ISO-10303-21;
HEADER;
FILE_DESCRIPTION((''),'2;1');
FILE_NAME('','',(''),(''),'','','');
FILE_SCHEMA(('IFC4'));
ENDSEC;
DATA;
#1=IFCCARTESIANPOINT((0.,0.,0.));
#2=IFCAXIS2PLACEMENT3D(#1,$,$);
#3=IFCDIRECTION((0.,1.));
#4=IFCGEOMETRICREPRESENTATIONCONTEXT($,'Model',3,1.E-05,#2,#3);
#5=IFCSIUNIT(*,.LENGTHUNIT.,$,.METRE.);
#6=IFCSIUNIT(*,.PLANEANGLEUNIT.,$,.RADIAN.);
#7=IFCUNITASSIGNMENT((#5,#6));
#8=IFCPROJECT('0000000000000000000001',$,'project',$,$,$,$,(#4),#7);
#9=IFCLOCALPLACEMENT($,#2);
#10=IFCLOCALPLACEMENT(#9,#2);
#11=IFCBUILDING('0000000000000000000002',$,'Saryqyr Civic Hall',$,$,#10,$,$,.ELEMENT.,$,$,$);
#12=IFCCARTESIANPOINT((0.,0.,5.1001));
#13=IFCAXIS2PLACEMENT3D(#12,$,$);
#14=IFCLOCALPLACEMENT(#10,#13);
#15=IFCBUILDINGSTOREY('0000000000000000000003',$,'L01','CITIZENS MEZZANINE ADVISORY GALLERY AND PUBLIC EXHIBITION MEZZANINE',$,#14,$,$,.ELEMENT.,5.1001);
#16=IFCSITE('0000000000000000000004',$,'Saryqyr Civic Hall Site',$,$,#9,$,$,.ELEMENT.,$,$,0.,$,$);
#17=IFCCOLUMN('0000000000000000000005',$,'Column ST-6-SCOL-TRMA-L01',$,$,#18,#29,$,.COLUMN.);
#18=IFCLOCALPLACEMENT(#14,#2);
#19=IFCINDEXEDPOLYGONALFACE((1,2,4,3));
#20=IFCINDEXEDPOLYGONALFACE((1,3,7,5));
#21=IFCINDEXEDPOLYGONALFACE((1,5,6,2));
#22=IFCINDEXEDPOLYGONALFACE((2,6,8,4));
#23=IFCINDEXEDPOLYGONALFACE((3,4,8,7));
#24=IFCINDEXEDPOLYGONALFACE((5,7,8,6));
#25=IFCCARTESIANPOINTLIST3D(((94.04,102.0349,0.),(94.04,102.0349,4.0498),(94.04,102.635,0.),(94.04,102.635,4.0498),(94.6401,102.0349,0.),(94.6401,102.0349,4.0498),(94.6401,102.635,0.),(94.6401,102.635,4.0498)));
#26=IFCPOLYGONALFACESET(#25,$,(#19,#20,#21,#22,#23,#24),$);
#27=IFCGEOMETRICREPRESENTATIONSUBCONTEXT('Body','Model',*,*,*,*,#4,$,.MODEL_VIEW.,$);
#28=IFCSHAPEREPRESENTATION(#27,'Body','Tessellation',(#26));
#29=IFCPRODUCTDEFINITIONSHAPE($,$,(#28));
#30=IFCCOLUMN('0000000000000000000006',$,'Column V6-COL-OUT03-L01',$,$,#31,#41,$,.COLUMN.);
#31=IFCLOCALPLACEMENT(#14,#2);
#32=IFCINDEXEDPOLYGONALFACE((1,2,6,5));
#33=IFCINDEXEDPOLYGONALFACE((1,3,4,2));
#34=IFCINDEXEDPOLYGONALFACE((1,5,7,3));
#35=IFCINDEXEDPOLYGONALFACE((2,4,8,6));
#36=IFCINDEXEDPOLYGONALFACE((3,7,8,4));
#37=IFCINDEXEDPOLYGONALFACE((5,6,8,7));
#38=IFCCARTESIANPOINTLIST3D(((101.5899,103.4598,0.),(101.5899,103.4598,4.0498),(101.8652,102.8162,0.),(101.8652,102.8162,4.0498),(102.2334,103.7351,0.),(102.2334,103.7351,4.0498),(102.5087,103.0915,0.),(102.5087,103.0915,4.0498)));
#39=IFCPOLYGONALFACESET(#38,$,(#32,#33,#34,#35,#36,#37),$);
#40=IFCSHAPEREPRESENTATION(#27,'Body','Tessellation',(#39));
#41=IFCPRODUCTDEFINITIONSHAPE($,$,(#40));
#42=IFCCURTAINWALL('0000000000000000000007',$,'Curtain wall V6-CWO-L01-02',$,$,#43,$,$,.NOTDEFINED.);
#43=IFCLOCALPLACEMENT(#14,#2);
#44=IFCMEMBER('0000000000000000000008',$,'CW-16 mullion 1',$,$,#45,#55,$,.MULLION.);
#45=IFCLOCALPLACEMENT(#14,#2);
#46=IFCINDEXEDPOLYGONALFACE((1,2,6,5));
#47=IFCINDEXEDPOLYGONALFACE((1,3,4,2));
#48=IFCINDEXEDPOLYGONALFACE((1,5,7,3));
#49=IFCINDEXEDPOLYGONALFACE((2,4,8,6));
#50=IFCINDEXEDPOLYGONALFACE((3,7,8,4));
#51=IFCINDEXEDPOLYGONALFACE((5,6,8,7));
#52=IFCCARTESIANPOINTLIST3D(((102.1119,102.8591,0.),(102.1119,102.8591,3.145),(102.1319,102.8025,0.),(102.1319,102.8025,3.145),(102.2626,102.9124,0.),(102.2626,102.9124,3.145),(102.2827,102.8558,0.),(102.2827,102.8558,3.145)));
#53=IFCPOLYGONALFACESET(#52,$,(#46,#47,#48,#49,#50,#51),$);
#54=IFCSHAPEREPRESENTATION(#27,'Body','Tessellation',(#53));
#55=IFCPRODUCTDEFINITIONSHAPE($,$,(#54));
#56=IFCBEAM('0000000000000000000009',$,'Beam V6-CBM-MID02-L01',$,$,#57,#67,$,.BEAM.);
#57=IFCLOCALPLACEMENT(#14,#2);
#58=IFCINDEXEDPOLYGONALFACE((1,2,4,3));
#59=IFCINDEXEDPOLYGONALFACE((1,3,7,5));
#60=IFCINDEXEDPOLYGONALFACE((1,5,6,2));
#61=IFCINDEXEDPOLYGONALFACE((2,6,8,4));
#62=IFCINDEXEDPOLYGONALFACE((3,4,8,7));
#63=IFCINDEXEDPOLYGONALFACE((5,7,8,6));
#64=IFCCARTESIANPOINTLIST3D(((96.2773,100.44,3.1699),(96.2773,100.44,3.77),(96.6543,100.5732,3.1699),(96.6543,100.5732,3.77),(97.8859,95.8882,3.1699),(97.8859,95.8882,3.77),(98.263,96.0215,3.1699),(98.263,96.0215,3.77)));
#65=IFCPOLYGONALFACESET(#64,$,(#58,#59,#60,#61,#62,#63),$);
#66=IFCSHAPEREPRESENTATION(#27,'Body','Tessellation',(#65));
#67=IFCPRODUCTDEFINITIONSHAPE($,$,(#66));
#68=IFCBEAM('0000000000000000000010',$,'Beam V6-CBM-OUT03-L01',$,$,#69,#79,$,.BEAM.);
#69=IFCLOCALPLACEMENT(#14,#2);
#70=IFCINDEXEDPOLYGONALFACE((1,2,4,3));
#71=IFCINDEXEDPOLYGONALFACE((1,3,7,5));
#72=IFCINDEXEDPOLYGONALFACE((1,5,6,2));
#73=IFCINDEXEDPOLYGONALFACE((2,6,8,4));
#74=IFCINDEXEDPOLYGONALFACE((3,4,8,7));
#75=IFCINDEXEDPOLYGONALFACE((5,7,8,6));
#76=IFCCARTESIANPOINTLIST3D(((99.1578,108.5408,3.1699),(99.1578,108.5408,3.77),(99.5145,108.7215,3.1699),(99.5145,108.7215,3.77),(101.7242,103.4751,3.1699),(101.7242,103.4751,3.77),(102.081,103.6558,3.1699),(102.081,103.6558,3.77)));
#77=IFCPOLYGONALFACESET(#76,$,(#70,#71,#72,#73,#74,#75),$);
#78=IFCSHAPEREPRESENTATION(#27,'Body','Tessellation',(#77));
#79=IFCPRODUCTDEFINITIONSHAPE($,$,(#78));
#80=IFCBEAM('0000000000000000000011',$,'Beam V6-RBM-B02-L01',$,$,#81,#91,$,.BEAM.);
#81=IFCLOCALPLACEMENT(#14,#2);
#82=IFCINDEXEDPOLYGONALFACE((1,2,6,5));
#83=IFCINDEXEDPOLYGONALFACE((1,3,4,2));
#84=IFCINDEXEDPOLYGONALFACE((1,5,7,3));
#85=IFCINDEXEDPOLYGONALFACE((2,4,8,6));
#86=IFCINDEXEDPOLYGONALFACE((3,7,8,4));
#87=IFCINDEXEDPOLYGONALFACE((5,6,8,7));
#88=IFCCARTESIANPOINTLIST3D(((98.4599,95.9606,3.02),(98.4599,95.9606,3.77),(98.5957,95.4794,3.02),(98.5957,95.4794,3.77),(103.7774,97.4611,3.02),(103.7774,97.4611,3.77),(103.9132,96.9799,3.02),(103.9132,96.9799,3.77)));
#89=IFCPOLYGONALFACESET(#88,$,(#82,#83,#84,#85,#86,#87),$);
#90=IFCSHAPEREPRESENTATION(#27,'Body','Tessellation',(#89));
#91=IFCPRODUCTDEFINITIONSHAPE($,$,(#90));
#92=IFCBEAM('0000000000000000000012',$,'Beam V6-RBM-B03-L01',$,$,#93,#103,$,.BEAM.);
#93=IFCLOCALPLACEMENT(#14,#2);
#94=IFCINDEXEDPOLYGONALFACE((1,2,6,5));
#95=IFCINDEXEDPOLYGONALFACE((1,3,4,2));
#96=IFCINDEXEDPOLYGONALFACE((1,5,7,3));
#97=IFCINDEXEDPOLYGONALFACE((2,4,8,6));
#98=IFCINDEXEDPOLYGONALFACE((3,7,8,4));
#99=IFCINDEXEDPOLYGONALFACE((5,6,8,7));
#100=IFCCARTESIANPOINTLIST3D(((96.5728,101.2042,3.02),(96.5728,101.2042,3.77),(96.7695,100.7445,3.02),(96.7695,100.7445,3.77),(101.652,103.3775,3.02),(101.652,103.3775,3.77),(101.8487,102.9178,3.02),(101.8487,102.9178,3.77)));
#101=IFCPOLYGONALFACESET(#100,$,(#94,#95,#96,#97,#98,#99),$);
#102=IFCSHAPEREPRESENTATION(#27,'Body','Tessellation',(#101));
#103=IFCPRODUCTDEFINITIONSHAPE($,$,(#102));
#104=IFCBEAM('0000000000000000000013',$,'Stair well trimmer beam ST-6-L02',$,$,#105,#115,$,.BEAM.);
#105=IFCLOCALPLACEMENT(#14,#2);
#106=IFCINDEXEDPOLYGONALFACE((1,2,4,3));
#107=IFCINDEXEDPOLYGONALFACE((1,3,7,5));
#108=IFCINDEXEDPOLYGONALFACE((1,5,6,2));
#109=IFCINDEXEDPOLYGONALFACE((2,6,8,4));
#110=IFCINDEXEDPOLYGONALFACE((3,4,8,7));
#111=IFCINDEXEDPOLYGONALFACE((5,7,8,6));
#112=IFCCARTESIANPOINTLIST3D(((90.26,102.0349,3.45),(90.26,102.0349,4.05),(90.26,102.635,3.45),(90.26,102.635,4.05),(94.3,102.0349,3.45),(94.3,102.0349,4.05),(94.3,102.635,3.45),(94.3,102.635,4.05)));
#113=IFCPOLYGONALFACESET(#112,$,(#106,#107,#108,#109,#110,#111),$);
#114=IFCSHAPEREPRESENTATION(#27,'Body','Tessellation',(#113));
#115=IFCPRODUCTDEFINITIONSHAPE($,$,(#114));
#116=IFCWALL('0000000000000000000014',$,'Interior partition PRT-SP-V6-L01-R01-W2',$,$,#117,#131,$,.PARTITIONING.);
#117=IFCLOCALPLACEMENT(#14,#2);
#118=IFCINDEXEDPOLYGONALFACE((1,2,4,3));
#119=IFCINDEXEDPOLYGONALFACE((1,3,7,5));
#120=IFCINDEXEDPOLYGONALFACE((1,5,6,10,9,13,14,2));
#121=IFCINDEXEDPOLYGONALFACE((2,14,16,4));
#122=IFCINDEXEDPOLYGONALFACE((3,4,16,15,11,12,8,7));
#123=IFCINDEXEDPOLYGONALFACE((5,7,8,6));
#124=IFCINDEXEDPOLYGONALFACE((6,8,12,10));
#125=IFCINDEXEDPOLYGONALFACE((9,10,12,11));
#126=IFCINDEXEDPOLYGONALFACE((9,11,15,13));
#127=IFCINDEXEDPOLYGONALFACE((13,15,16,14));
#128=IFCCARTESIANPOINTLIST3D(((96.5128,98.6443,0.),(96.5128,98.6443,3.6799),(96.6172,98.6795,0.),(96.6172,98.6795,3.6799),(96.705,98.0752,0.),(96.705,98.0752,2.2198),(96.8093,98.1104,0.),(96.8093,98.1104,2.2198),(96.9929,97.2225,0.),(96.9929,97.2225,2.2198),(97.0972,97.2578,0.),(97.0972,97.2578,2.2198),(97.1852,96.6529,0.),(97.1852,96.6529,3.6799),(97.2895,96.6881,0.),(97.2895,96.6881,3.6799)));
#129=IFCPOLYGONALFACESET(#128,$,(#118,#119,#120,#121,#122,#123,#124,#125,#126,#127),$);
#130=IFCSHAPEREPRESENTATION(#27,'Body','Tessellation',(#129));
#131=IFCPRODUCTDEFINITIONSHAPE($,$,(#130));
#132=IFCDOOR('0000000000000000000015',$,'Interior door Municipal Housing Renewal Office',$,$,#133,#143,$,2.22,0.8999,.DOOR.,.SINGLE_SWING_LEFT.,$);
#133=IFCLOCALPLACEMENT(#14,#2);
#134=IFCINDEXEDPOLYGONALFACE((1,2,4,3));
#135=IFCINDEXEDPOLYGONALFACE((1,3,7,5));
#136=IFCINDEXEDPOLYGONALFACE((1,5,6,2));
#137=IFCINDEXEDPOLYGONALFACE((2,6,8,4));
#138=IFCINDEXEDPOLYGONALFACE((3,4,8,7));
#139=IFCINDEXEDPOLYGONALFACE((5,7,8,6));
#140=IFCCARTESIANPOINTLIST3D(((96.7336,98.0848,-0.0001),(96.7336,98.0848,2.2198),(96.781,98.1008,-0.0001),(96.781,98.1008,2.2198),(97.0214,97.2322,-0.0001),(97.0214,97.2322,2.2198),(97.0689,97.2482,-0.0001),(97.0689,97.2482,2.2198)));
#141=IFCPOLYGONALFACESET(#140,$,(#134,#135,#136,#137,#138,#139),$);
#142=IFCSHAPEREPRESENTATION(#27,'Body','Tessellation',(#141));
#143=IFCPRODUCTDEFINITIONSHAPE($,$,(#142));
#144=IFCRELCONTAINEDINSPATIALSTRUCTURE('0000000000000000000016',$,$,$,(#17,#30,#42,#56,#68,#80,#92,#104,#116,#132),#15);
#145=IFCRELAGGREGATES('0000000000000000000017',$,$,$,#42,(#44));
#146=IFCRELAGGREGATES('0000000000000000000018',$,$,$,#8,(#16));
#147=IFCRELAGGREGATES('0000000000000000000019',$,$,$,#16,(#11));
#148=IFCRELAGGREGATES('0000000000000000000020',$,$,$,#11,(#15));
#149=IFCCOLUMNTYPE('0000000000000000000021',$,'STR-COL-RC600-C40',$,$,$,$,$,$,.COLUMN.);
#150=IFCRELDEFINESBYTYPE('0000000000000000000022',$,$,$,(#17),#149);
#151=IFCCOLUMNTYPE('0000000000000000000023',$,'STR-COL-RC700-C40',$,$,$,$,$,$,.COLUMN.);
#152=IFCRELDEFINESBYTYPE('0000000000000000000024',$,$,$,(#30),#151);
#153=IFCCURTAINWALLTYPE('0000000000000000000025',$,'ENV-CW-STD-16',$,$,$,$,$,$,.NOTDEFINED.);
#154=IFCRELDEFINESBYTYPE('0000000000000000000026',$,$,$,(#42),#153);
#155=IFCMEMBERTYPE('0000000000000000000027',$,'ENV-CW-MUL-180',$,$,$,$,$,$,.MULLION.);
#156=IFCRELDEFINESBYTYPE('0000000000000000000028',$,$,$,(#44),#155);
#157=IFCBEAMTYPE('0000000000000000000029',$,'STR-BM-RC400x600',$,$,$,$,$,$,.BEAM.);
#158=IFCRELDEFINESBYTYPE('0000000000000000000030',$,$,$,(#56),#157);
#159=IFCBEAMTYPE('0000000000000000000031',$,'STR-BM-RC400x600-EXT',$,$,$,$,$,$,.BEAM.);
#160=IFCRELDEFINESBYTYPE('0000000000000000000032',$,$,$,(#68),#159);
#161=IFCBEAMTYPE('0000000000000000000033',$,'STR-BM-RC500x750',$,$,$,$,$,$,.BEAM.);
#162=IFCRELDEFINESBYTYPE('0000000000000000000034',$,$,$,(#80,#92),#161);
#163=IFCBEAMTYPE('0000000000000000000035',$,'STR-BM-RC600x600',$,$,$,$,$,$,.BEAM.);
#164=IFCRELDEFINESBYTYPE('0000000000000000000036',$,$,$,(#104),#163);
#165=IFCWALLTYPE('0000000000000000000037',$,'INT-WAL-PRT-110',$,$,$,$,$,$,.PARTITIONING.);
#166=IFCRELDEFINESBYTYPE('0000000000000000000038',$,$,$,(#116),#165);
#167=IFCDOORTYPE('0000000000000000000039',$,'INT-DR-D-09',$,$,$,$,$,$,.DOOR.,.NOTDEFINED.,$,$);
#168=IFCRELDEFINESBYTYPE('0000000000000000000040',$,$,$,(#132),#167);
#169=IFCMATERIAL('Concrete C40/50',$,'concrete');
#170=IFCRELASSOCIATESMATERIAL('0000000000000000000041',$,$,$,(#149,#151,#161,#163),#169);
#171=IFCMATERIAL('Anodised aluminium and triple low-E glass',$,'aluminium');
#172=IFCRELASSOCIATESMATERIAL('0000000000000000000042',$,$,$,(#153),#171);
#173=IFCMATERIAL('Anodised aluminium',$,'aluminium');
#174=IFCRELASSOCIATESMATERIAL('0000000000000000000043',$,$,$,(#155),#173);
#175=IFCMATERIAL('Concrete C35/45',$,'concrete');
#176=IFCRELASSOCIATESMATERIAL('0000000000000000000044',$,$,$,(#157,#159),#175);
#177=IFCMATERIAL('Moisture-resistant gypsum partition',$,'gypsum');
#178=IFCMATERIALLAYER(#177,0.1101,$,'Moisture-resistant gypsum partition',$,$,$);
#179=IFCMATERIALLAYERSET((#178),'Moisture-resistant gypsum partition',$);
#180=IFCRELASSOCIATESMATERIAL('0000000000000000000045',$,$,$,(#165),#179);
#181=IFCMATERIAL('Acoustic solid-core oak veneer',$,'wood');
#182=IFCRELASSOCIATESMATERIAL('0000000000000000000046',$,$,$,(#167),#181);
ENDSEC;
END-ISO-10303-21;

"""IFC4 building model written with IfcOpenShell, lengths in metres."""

from ifc_helpers import new_model, si_unit, direction, frame, frame_2d, origin, origin_2d, place, context, subcontext, project, spatial, rectangle, extrude, material, layer, layer_set, material_profile, profile_set, type_object, element, fill, aggregate, save


model = new_model("IFC4")

# Units and contexts
model_context = context("Model", 3, precision=1e-05, world=origin(), true_north=direction((0.0, 1.0)))
body_context = subcontext(model_context, "Body", "Model", "MODEL_VIEW")
ifc_project = project(units=[si_unit("LENGTHUNIT", "METRE"), si_unit("PLANEANGLEUNIT", "RADIAN")], contexts=[model_context])

# Site, building, storey
site_placement = place(None, origin())
site = spatial("IfcSite", under=ifc_project, at=site_placement, Name="Saryqyr Civic Hall Site", CompositionType="ELEMENT", RefElevation=0.0)
building_placement = place(site_placement, origin())
building = spatial("IfcBuilding", under=site, at=building_placement, Name="Saryqyr Civic Hall", CompositionType="ELEMENT")
storey_placement = place(building_placement, frame((0.0, 0.0, 5.1001)))
storey = spatial("IfcBuildingStorey", under=building, at=storey_placement, Name="L01", Description="CITIZENS MEZZANINE ADVISORY GALLERY AND PUBLIC EXHIBITION MEZZANINE", CompositionType="ELEMENT", Elevation=5.1001)

# Columns
ifc_material_1 = material(Name="Concrete C40/50", Category="concrete")
ifc_material_profile_1 = material_profile(ifc_material_1, rectangle(XDim=0.6001, YDim=0.6001, at=origin_2d()), Name="RC 600x600")
ifc_profile_set_1 = profile_set([ifc_material_profile_1], Name="Concrete C40/50")
column_type_1 = type_object("IfcColumnType", Name="STR-COL-RC600-C40", PredefinedType="COLUMN", material=ifc_profile_set_1)
column_1_placement = place(storey_placement, frame((94.3401, 102.335, 0.0), z_axis=(0.0, 0.0, 1.0), x_axis=(1.0, 0.0, 0.0)))
element("IfcColumn", 1, at=column_1_placement, inside=storey, type_object=column_type_1, Name="Column ST-6-SCOL-TRMA-L01", PredefinedType="COLUMN", context=body_context, shape_type="SweptSolid", body=[
    extrude(rectangle(XDim=0.6001, YDim=0.6001, at=origin_2d()), origin(), (0.0, 0.0, 1.0), 4.0498),
])
ifc_material_profile_2 = material_profile(ifc_material_1, rectangle(XDim=0.7, YDim=0.7, at=origin_2d()), Name="RC 700x700")
ifc_profile_set_2 = profile_set([ifc_material_profile_2], Name="Concrete C40/50")
column_type_2 = type_object("IfcColumnType", Name="STR-COL-RC700-C40", PredefinedType="COLUMN", material=ifc_profile_set_2)
column_2_placement = place(storey_placement, frame((102.0493, 103.2756, 0.0), z_axis=(0.0, 0.0, 1.0), x_axis=(0.91941, 0.3933, 0.0)))
element("IfcColumn", 2, at=column_2_placement, inside=storey, type_object=column_type_2, Name="Column V6-COL-OUT03-L01", PredefinedType="COLUMN", context=body_context, shape_type="SweptSolid", body=[
    extrude(rectangle(XDim=0.7, YDim=0.7, at=origin_2d()), origin(), (0.0, 0.0, 1.0), 4.0498),
])

# Curtain wall, member
ifc_material_2 = material(Name="Anodised aluminium and triple low-E glass", Category="aluminium")
curtain_wall_type = type_object("IfcCurtainWallType", Name="ENV-CW-STD-16", PredefinedType="NOTDEFINED", material=ifc_material_2)
curtain_wall_placement = place(storey_placement, origin())
curtain_wall = element("IfcCurtainWall", 3, at=curtain_wall_placement, inside=storey, type_object=curtain_wall_type, Name="Curtain wall V6-CWO-L01-02", PredefinedType="NOTDEFINED")
ifc_material_3 = material(Name="Anodised aluminium", Category="aluminium")
ifc_material_profile_3 = material_profile(ifc_material_3, rectangle(XDim=0.0601, YDim=0.1599, at=origin_2d()), Name="ALU MULLION 60x160")
ifc_profile_set_3 = profile_set([ifc_material_profile_3], Name="Anodised aluminium")
member_type = type_object("IfcMemberType", Name="ENV-CW-MUL-180", PredefinedType="MULLION", material=ifc_profile_set_3)
member_placement = place(storey_placement, frame((102.1973, 102.8574, 0.0), z_axis=(0.0, 0.0, 1.0), x_axis=(0.333202, -0.942855, 0.0)))
member = element("IfcMember", 4, at=member_placement, type_object=member_type, Name="CW-16 mullion 1", PredefinedType="MULLION", context=body_context, shape_type="SweptSolid", body=[
    extrude(rectangle(XDim=0.0601, YDim=0.1599, at=origin_2d()), origin(), (0.0, 0.0, 1.0), 3.145),
])
aggregate(curtain_wall, [member])

# Beams
ifc_material_4 = material(Name="Concrete C35/45", Category="concrete")
ifc_material_profile_4 = material_profile(ifc_material_4, rectangle(XDim=0.3999, YDim=0.6001, at=origin_2d()), Name="RC 400x600")
ifc_profile_set_4 = profile_set([ifc_material_profile_4], Name="Concrete C35/45")
beam_type_1 = type_object("IfcBeamType", Name="STR-BM-RC400x600", PredefinedType="BEAM", material=ifc_profile_set_4)
beam_1_placement = place(storey_placement, frame((98.0745, 95.9548, 3.47), z_axis=(-0.333214, 0.942851, 0.0), x_axis=(-0.942851, -0.333214, 0.0)))
element("IfcBeam", 5, at=beam_1_placement, inside=storey, type_object=beam_type_1, Name="Beam V6-CBM-MID02-L01", PredefinedType="BEAM", context=body_context, shape_type="SweptSolid", body=[
    extrude(rectangle(XDim=0.3999, YDim=0.6001, at=origin_2d()), origin(), (0.0, 0.0, 1.0), 4.8276),
])
ifc_material_profile_5 = material_profile(ifc_material_4, rectangle(XDim=0.3999, YDim=0.6001, at=origin_2d()), Name="RC 400x600")
ifc_profile_set_5 = profile_set([ifc_material_profile_5], Name="Concrete C35/45")
beam_type_2 = type_object("IfcBeamType", Name="STR-BM-RC400x600-EXT", PredefinedType="BEAM", material=ifc_profile_set_5)
beam_2_placement = place(storey_placement, frame((101.9026, 103.5654, 3.47), z_axis=(-0.451937, 0.89205, 0.0), x_axis=(-0.89205, -0.451937, 0.0)))
element("IfcBeam", 6, at=beam_2_placement, inside=storey, type_object=beam_type_2, Name="Beam V6-CBM-OUT03-L01", PredefinedType="BEAM", context=body_context, shape_type="SweptSolid", body=[
    extrude(rectangle(XDim=0.3999, YDim=0.6001, at=origin_2d()), origin(), (0.0, 0.0, 1.0), 5.6787),
])
ifc_material_profile_6 = material_profile(ifc_material_1, rectangle(XDim=0.5, YDim=0.75, at=origin_2d()), Name="RC 500x750")
ifc_profile_set_6 = profile_set([ifc_material_profile_6], Name="Concrete C40/50")
beam_type_3 = type_object("IfcBeamType", Name="STR-BM-RC500x750", PredefinedType="BEAM", material=ifc_profile_set_6)
beam_3_placement = place(storey_placement, frame((98.5278, 95.72, 3.395), z_axis=(0.962416, 0.27158, 0.0), x_axis=(-0.27158, 0.962416, 0.0)))
element("IfcBeam", 7, at=beam_3_placement, inside=storey, type_object=beam_type_3, Name="Beam V6-RBM-B02-L01", PredefinedType="BEAM", context=body_context, shape_type="SweptSolid", body=[
    extrude(rectangle(XDim=0.5, YDim=0.75, at=origin_2d()), origin(), (0.0, 0.0, 1.0), 5.5251),
])
beam_4_placement = place(storey_placement, frame((96.6711, 100.9744, 3.395), z_axis=(0.919376, 0.393381, 0.0), x_axis=(-0.393381, 0.919376, 0.0)))
element("IfcBeam", 8, at=beam_4_placement, inside=storey, type_object=beam_type_3, Name="Beam V6-RBM-B03-L01", PredefinedType="BEAM", context=body_context, shape_type="SweptSolid", body=[
    extrude(rectangle(XDim=0.5, YDim=0.75, at=origin_2d()), origin(), (0.0, 0.0, 1.0), 5.5247),
])
ifc_material_profile_7 = material_profile(ifc_material_1, rectangle(XDim=0.6001, YDim=0.6001, at=origin_2d()), Name="RC 600x600")
ifc_profile_set_7 = profile_set([ifc_material_profile_7], Name="Concrete C40/50")
beam_type_4 = type_object("IfcBeamType", Name="STR-BM-RC600x600", PredefinedType="BEAM", material=ifc_profile_set_7)
beam_5_placement = place(storey_placement, frame((94.3, 102.335, 3.75), z_axis=(-1.0, 0.0, 0.0), x_axis=(0.0, -1.0, 0.0)))
element("IfcBeam", 9, at=beam_5_placement, inside=storey, type_object=beam_type_4, Name="Stair well trimmer beam ST-6-L02", PredefinedType="BEAM", context=body_context, shape_type="SweptSolid", body=[
    extrude(rectangle(XDim=0.6001, YDim=0.6001, at=origin_2d()), origin(), (0.0, 0.0, 1.0), 4.04),
])

# Wall, opening, door
ifc_material_5 = material(Name="Moisture-resistant gypsum partition", Category="gypsum")
ifc_layer_1 = layer(ifc_material_5, 0.1101, Name="Moisture-resistant gypsum partition")
ifc_layer_set_1 = layer_set([ifc_layer_1], Name="Moisture-resistant gypsum partition")
wall_type_1 = type_object("IfcWallType", Name="INT-WAL-PRT-110", PredefinedType="PARTITIONING", material=ifc_layer_set_1)
wall_1_placement = place(storey_placement, frame((97.2373, 96.6707, 0.0), z_axis=(0.0, 0.0, 1.0), x_axis=(-0.319884, 0.947457, 0.0)))
wall_1 = element("IfcWall", 10, at=wall_1_placement, inside=storey, type_object=wall_type_1, Name="Interior partition PRT-SP-V6-L01-R01-W2", PredefinedType="PARTITIONING", context=body_context, shape_type="SweptSolid", body=[
    extrude(rectangle(XDim=2.1018, YDim=0.1101, at=frame_2d((1.0508, 0.0))), origin(), (0.0, 0.0, 1.0), 3.6799),
])
opening_1_placement = place(wall_1_placement, frame((0.6011, 0.0, 0.0)))
opening_1 = element("IfcOpeningElement", 11, at=opening_1_placement, cuts=wall_1, PredefinedType="OPENING", context=body_context, shape_type="SweptSolid", body=[
    extrude(rectangle(XDim=0.8999, YDim=2.22, at=frame_2d((0.45, 1.1099))), frame((0.0, 0.0649, 0.0), z_axis=(0.0, -1.0, 0.0), x_axis=(1.0, 0.0, 0.0)), (0.0, 0.0, 1.0), 0.1301),
])
ifc_material_6 = material(Name="Acoustic solid-core oak veneer", Category="wood")
door_type_1 = type_object("IfcDoorType", Name="INT-DR-D-09", OperationType="NOTDEFINED", PredefinedType="DOOR", material=ifc_material_6)
door_1_placement = place(opening_1_placement, origin())
door_1 = element("IfcDoor", 12, at=door_1_placement, inside=storey, type_object=door_type_1, Name="Interior door Municipal Housing Renewal Office", OperationType="SINGLE_SWING_LEFT", OverallHeight=2.22, OverallWidth=0.8999, PredefinedType="DOOR", context=body_context, shape_type="SweptSolid", body=[
    extrude(rectangle(XDim=0.8999, YDim=2.22, at=frame_2d((0.45, 1.1099))), frame((0.0, 0.0249, 0.0), z_axis=(0.0, -1.0, 0.0), x_axis=(1.0, 0.0, 0.0)), (0.0, 0.0, 1.0), 0.05),
])
fill(opening_1, door_1)

save(model, "model.ifc")
